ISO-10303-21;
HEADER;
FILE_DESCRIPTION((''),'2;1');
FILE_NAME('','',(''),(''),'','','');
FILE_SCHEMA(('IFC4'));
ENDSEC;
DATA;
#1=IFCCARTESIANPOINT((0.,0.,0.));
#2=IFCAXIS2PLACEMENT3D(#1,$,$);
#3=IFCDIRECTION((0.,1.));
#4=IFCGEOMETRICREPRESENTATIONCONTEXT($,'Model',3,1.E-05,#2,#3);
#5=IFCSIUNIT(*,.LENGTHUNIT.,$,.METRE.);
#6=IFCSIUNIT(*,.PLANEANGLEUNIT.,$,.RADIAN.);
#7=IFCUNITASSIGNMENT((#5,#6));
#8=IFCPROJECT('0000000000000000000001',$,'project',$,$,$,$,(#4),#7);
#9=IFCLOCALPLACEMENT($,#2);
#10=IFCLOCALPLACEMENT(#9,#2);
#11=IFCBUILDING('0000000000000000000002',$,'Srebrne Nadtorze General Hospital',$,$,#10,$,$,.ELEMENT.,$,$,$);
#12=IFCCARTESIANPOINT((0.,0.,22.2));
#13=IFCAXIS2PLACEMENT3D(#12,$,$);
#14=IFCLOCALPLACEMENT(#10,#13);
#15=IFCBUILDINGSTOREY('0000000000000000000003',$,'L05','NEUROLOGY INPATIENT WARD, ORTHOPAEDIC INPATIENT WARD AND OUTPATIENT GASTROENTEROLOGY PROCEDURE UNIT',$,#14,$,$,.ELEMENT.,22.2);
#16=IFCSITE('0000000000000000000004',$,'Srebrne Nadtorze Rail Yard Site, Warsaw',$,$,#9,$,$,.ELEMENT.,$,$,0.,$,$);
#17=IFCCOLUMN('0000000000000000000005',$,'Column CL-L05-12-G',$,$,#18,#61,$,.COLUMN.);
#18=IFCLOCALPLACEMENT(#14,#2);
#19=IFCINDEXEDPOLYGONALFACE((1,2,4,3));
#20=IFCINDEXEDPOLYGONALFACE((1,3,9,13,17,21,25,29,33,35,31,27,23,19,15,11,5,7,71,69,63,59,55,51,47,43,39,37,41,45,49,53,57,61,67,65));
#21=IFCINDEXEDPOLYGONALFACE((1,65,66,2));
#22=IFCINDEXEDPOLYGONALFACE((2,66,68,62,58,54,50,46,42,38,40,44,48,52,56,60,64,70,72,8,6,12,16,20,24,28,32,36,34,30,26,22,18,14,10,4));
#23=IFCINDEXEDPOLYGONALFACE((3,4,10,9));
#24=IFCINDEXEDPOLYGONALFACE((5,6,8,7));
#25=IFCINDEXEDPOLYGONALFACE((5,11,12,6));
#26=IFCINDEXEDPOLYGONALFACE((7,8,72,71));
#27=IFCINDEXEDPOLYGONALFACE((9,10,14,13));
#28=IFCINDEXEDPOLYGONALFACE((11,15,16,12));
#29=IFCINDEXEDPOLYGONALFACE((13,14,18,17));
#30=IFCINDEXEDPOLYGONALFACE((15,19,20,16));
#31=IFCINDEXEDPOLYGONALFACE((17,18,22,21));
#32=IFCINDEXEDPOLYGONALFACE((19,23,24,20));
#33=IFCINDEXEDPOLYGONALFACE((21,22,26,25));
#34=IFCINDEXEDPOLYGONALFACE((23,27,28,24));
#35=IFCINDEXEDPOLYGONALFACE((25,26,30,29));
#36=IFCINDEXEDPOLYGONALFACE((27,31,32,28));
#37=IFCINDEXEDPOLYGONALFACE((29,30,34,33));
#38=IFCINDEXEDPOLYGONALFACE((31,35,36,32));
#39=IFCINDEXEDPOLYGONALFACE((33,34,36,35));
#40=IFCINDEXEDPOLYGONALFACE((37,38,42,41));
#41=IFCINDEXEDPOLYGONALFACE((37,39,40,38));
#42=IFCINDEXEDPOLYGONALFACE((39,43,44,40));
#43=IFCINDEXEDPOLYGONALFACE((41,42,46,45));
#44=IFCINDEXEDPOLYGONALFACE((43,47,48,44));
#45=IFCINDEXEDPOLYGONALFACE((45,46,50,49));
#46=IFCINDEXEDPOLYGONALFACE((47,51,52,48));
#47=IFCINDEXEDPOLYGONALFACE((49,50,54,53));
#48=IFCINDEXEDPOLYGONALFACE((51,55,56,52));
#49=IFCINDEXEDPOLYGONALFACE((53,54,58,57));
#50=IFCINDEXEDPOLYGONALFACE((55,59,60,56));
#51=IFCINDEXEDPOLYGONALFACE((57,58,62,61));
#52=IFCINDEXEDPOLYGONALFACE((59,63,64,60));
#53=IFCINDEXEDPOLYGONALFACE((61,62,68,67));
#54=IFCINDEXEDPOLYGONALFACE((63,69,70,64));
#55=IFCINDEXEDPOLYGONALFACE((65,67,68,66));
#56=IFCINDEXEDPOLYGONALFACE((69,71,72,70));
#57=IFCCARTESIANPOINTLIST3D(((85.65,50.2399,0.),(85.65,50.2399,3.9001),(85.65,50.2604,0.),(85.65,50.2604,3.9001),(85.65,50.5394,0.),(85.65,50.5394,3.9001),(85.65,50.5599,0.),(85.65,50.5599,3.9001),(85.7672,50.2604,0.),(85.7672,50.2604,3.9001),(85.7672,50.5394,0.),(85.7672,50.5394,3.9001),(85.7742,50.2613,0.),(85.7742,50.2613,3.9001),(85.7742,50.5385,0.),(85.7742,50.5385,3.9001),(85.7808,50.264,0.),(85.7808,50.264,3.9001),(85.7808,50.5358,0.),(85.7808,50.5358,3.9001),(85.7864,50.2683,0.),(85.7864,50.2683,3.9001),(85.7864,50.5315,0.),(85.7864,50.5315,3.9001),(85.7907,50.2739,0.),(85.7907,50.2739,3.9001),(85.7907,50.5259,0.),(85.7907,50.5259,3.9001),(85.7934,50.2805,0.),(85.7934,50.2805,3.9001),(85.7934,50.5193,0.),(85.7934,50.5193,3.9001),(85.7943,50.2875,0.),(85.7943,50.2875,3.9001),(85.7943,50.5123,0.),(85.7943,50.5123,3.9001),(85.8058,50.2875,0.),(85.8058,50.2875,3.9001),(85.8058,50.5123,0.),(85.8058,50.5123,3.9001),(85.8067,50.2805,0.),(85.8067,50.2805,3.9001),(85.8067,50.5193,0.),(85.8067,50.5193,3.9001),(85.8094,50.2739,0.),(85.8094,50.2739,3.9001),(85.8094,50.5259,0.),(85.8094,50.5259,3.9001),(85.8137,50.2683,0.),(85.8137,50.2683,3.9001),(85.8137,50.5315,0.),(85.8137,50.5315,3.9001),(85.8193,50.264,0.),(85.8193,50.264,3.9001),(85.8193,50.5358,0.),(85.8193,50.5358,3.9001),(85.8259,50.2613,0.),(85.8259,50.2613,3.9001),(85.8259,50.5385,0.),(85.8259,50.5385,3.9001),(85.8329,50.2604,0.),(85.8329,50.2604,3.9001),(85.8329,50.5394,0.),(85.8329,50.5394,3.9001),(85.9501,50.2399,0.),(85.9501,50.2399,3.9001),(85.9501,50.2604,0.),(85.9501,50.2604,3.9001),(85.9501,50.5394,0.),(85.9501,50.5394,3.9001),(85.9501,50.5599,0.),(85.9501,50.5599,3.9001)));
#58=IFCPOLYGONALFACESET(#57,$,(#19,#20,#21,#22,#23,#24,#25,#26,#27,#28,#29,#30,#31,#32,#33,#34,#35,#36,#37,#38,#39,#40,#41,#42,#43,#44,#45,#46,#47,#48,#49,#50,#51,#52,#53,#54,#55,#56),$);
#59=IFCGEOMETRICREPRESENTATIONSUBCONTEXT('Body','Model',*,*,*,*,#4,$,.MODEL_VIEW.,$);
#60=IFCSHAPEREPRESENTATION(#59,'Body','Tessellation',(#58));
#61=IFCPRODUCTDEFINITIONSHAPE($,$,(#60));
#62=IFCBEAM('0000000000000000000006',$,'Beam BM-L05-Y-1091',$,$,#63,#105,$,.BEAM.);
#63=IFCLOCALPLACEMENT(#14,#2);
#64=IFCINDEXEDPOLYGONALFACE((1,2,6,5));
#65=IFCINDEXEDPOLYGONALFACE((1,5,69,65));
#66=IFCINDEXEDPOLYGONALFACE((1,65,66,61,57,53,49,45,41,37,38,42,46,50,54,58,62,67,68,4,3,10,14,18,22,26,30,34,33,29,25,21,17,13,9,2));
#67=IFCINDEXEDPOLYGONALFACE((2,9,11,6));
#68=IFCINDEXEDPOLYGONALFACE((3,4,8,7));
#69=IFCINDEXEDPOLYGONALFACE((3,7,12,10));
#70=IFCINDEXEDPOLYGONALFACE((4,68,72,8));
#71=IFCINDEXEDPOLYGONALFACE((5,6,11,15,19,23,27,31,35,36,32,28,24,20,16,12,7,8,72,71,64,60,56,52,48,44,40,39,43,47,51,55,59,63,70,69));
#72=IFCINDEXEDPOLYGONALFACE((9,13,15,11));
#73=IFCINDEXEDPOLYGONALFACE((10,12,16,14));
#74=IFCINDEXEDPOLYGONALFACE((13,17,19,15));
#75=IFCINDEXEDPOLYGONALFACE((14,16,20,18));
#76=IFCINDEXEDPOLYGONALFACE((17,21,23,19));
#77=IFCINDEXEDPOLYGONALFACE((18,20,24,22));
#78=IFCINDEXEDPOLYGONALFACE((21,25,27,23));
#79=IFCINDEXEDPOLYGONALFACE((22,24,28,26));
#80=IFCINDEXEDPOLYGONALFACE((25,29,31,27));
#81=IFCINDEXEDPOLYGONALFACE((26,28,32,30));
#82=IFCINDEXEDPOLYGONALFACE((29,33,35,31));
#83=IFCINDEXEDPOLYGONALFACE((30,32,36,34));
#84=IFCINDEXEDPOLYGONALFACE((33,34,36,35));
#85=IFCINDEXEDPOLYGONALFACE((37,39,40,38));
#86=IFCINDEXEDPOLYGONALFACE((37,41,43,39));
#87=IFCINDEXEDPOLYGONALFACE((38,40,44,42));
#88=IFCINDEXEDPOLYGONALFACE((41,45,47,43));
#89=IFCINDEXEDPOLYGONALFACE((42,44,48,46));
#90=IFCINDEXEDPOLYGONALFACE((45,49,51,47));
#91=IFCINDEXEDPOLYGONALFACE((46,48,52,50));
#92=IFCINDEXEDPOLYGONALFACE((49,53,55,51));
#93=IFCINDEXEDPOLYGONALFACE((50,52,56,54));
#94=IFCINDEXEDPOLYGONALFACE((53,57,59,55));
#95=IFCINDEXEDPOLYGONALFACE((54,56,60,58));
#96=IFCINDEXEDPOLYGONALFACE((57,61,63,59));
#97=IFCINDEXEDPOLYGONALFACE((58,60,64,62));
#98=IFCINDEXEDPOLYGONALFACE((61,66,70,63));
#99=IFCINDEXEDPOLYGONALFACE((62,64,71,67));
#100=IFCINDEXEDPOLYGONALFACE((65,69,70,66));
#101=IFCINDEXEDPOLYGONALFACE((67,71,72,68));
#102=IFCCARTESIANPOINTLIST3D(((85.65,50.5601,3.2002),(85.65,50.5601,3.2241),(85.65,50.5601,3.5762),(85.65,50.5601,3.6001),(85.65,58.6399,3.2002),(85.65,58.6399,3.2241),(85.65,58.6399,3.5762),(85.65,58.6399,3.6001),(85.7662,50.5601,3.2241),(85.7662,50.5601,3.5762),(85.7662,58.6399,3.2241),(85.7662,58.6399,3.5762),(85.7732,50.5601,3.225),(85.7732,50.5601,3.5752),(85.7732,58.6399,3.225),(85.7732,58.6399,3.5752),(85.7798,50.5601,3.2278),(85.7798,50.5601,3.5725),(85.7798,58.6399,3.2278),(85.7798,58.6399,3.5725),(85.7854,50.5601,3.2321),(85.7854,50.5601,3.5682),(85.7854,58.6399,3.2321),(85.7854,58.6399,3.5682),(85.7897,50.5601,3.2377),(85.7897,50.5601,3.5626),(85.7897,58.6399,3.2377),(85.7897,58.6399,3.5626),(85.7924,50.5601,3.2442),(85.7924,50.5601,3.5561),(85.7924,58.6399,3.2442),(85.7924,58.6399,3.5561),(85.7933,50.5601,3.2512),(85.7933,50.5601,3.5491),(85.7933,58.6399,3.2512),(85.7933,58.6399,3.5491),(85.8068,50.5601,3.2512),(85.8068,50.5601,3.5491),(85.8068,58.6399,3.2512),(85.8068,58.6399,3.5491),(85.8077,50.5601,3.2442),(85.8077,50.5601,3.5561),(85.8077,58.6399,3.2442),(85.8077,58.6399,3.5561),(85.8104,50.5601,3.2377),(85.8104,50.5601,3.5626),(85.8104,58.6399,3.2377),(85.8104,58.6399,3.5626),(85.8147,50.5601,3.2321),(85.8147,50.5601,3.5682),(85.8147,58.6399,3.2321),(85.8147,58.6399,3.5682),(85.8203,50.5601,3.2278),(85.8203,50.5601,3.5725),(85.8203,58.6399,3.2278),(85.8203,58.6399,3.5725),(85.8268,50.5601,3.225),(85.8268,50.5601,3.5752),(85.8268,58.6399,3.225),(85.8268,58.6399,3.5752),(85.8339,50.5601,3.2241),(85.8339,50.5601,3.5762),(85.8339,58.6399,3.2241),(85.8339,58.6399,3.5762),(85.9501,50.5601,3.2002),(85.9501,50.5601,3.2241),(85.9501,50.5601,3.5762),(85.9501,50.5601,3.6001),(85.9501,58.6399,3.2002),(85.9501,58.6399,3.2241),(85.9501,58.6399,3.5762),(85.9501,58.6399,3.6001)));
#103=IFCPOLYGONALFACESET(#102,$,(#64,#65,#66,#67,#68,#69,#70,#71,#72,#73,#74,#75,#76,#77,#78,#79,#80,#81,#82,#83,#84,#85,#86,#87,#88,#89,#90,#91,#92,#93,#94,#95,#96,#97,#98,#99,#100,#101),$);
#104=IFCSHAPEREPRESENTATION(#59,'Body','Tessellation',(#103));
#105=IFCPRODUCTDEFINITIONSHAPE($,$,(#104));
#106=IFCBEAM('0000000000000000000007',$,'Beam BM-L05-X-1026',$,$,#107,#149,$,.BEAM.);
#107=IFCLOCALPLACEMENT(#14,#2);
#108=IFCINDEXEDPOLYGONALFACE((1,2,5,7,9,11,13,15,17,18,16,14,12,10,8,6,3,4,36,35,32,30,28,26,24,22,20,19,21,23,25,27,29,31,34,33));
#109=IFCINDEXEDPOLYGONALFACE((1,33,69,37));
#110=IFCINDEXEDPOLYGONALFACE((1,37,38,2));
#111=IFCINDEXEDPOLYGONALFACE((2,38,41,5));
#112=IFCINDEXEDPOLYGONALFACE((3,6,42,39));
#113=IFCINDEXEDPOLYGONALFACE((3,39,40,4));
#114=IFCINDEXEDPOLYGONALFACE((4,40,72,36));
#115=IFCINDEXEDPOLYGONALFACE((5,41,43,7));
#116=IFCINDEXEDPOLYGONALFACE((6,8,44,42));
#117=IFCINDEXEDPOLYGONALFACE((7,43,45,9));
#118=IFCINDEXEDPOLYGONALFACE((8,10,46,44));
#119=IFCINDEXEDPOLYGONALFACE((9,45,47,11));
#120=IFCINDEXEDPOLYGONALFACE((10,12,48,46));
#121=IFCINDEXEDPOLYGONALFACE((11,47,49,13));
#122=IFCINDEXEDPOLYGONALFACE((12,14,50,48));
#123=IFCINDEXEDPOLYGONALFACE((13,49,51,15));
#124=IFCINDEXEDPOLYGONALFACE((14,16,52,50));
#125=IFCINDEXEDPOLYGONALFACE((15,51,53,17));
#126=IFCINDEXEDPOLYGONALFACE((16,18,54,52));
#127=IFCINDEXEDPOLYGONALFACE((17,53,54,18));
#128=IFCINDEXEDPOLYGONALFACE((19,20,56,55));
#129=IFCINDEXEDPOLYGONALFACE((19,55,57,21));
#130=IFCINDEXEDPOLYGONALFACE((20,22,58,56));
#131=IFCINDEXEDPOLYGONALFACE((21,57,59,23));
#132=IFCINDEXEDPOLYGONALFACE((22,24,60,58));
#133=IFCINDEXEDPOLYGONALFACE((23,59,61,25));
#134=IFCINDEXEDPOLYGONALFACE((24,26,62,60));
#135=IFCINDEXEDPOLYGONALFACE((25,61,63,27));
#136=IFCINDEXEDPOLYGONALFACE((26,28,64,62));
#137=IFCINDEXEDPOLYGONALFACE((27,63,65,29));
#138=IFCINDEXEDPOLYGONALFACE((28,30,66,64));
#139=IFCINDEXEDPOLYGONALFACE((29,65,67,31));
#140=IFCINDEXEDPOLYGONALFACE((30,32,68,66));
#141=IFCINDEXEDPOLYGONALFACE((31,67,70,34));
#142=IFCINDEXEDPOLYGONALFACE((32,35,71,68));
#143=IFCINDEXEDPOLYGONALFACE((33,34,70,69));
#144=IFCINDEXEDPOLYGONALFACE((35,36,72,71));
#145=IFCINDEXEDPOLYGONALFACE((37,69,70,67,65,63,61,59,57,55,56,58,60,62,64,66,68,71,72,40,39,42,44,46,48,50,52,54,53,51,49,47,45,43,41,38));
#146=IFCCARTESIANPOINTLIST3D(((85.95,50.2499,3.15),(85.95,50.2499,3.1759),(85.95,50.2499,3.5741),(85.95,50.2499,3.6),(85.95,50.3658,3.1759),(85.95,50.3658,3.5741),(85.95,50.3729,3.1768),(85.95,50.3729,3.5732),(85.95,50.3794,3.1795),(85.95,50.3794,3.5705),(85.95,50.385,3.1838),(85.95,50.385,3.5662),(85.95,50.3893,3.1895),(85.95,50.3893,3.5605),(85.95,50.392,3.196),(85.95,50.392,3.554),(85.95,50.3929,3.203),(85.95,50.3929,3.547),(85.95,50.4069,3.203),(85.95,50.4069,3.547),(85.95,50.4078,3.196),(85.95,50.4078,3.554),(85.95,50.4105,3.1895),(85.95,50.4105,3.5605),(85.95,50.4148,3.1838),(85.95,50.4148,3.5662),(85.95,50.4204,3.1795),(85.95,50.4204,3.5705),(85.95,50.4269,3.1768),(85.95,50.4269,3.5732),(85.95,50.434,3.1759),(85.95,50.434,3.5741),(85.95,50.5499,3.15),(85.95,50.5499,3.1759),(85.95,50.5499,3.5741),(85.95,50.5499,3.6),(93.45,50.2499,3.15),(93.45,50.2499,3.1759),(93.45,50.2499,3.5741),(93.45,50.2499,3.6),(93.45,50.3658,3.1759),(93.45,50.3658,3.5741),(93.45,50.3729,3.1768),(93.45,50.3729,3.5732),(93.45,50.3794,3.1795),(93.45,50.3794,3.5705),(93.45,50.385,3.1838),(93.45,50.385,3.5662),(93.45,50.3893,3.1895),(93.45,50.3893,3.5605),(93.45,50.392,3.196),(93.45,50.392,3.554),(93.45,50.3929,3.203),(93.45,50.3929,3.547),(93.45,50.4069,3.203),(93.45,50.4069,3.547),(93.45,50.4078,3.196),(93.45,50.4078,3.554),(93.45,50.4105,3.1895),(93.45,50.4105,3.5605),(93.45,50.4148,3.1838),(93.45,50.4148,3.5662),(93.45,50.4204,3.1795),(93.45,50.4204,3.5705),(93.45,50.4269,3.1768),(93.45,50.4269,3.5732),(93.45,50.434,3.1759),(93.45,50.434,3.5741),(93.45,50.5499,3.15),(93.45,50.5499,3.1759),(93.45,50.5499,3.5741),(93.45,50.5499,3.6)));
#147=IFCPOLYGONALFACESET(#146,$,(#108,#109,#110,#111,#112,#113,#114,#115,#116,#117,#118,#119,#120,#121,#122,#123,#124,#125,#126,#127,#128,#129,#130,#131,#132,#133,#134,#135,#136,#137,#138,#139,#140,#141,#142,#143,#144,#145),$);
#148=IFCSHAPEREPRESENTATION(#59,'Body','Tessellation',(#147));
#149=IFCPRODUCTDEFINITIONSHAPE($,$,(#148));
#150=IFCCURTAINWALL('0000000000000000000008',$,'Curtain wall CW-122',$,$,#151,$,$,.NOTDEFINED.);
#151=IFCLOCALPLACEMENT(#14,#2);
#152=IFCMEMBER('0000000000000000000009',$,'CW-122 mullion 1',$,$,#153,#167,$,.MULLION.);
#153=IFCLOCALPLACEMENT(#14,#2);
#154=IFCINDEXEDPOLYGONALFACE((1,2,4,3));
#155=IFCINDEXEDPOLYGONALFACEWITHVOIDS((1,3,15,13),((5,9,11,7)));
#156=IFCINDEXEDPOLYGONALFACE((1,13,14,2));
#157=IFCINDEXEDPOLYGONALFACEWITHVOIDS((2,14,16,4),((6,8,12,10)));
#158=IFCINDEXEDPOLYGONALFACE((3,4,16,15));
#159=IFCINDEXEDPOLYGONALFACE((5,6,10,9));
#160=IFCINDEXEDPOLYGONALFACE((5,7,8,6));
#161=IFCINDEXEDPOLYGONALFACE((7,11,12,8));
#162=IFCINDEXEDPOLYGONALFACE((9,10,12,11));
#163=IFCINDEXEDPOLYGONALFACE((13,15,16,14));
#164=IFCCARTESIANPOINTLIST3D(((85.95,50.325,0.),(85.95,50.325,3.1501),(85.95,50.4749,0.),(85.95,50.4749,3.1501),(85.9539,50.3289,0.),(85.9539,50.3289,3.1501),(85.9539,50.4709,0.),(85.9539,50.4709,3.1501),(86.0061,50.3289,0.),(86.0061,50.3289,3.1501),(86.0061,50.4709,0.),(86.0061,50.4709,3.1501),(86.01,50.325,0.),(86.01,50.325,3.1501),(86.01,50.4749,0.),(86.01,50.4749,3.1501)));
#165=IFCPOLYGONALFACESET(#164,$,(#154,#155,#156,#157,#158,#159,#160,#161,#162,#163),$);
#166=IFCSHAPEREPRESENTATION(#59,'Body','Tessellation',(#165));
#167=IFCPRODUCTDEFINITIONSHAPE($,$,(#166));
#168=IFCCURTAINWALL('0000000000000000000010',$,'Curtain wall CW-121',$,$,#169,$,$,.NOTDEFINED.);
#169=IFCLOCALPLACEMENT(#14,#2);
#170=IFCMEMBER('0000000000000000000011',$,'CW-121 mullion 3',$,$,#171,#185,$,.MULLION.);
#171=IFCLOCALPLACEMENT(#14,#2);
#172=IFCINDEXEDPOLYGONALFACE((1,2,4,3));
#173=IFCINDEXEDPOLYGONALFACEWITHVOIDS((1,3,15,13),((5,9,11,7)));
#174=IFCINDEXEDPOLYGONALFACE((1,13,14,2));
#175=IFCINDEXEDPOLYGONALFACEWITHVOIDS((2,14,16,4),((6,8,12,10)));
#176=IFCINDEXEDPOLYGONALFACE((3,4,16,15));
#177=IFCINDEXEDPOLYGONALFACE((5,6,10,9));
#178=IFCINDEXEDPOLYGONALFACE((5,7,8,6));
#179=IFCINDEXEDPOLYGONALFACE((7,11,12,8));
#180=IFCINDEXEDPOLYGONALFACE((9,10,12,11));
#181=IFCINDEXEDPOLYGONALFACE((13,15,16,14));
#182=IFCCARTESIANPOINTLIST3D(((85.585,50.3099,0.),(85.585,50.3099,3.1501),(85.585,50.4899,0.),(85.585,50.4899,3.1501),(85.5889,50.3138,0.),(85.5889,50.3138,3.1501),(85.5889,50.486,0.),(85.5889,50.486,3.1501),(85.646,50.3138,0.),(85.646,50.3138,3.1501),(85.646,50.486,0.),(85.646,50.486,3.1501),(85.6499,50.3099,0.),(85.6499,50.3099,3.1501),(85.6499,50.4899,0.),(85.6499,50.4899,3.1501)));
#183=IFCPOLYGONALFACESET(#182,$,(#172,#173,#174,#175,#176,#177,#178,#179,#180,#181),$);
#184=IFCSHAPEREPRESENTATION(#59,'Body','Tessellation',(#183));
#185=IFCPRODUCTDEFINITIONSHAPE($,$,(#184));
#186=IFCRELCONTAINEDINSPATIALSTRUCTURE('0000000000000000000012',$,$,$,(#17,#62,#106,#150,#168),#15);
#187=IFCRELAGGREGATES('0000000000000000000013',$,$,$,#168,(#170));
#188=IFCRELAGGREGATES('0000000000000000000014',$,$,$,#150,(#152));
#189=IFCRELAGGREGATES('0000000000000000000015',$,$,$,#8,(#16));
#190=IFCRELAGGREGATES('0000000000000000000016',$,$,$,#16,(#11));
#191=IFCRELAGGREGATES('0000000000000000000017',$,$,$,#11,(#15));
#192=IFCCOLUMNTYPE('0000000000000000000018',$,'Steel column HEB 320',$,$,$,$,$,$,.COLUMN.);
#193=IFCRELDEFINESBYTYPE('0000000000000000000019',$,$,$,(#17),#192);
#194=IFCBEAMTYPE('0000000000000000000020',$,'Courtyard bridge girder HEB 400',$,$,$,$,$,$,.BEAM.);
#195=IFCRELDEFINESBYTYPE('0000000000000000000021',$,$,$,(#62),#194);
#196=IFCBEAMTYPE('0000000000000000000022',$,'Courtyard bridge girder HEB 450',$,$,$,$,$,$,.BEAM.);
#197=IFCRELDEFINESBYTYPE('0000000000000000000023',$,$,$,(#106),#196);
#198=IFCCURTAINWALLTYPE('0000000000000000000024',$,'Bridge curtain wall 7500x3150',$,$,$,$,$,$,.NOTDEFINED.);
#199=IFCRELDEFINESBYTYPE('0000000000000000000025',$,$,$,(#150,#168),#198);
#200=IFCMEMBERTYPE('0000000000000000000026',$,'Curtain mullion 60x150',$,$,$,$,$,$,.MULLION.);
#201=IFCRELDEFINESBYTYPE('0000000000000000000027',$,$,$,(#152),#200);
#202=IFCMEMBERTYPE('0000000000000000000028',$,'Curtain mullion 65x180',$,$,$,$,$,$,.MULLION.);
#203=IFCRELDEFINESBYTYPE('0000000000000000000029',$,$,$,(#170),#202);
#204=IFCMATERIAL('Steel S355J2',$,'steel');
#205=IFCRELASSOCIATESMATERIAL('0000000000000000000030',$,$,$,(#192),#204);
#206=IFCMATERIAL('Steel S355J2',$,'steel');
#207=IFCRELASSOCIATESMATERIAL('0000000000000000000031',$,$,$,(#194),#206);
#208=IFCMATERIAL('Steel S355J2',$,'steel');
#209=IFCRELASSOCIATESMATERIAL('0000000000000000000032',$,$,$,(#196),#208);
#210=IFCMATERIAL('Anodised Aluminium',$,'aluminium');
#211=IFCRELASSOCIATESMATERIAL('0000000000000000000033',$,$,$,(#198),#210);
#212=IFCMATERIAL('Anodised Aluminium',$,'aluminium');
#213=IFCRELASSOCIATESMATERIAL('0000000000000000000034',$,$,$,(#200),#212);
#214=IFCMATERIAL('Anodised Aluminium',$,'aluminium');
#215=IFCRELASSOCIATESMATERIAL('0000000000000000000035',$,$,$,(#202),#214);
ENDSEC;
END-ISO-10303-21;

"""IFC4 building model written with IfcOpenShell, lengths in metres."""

from ifc_helpers import new_model, si_unit, direction, frame, origin, origin_2d, place, context, subcontext, project, spatial, hollow_rectangle, i_section, extrude, material, material_profile, profile_set, type_object, element, aggregate, save


model = new_model("IFC4")

# Units and contexts
model_context = context("Model", 3, precision=1e-05, world=origin(), true_north=direction((0.0, 1.0)))
body_context = subcontext(model_context, "Body", "Model", "MODEL_VIEW")
ifc_project = project(units=[si_unit("LENGTHUNIT", "METRE"), si_unit("PLANEANGLEUNIT", "RADIAN")], contexts=[model_context])

# Site, building, storey
site_placement = place(None, origin())
site = spatial("IfcSite", under=ifc_project, at=site_placement, Name="Srebrne Nadtorze Rail Yard Site, Warsaw", CompositionType="ELEMENT", RefElevation=0.0)
building_placement = place(site_placement, origin())
building = spatial("IfcBuilding", under=site, at=building_placement, Name="Srebrne Nadtorze General Hospital", CompositionType="ELEMENT")
storey_placement = place(building_placement, frame((0.0, 0.0, 22.2)))
storey = spatial("IfcBuildingStorey", under=building, at=storey_placement, Name="L05", Description="NEUROLOGY INPATIENT WARD, ORTHOPAEDIC INPATIENT WARD AND OUTPATIENT GASTROENTEROLOGY PROCEDURE UNIT", CompositionType="ELEMENT", Elevation=22.2)

# Column
ifc_material_1 = material(Name="Steel S355J2", Category="steel")
ifc_material_profile_1 = material_profile(ifc_material_1, i_section(OverallWidth=0.3, OverallDepth=0.3201, WebThickness=0.0115, FlangeThickness=0.0205, FilletRadius=0.0271, at=origin_2d()), Name="HEB-320")
ifc_profile_set_1 = profile_set([ifc_material_profile_1], Name="Steel S355J2")
column_type = type_object("IfcColumnType", Name="Steel column HEB 320", PredefinedType="COLUMN", material=ifc_profile_set_1)
column_placement = place(storey_placement, frame((85.8, 50.3999, 0.0), z_axis=(0.0, 0.0, 1.0), x_axis=(1.0, 0.0, 0.0)))
element("IfcColumn", 1, at=column_placement, inside=storey, type_object=column_type, Name="Column CL-L05-12-G", PredefinedType="COLUMN", context=body_context, shape_type="SweptSolid", body=[
    extrude(i_section(OverallWidth=0.3, OverallDepth=0.3201, WebThickness=0.0115, FlangeThickness=0.0205, FilletRadius=0.0271, at=origin_2d()), origin(), (0.0, 0.0, 1.0), 3.9001),
])

# Beams
ifc_material_2 = material(Name="Steel S355J2", Category="steel")
ifc_material_profile_2 = material_profile(ifc_material_2, i_section(OverallWidth=0.3, OverallDepth=0.3999, WebThickness=0.0134, FlangeThickness=0.0239, FilletRadius=0.0271, at=origin_2d()), Name="HEB-400")
ifc_profile_set_2 = profile_set([ifc_material_profile_2], Name="Steel S355J2")
beam_type_1 = type_object("IfcBeamType", Name="Courtyard bridge girder HEB 400", PredefinedType="BEAM", material=ifc_profile_set_2)
beam_1_placement = place(storey_placement, frame((85.8, 50.5601, 3.4001), z_axis=(0.0, 1.0, 0.0), x_axis=(-1.0, 0.0, 0.0)))
element("IfcBeam", 2, at=beam_1_placement, inside=storey, type_object=beam_type_1, Name="Beam BM-L05-Y-1091", PredefinedType="BEAM", context=body_context, shape_type="SweptSolid", body=[
    extrude(i_section(OverallWidth=0.3, OverallDepth=0.3999, WebThickness=0.0134, FlangeThickness=0.0239, FilletRadius=0.0271, at=origin_2d()), origin(), (0.0, 0.0, 1.0), 8.0798),
])
ifc_material_3 = material(Name="Steel S355J2", Category="steel")
ifc_material_profile_3 = material_profile(ifc_material_3, i_section(OverallWidth=0.3, OverallDepth=0.45, WebThickness=0.0139, FlangeThickness=0.0259, FilletRadius=0.0271, at=origin_2d()), Name="HEB-450")
ifc_profile_set_3 = profile_set([ifc_material_profile_3], Name="Steel S355J2")
beam_type_2 = type_object("IfcBeamType", Name="Courtyard bridge girder HEB 450", PredefinedType="BEAM", material=ifc_profile_set_3)
beam_2_placement = place(storey_placement, frame((85.95, 50.3999, 3.375), z_axis=(1.0, 0.0, 0.0), x_axis=(0.0, 1.0, 0.0)))
element("IfcBeam", 3, at=beam_2_placement, inside=storey, type_object=beam_type_2, Name="Beam BM-L05-X-1026", PredefinedType="BEAM", context=body_context, shape_type="SweptSolid", body=[
    extrude(i_section(OverallWidth=0.3, OverallDepth=0.45, WebThickness=0.0139, FlangeThickness=0.0259, FilletRadius=0.0271, at=origin_2d()), origin(), (0.0, 0.0, 1.0), 7.5),
])

# Curtain walls, members
ifc_material_4 = material(Name="Anodised Aluminium", Category="aluminium")
curtain_wall_type = type_object("IfcCurtainWallType", Name="Bridge curtain wall 7500x3150", PredefinedType="NOTDEFINED", material=ifc_material_4)
curtain_wall_1_placement = place(storey_placement, origin())
curtain_wall_1 = element("IfcCurtainWall", 4, at=curtain_wall_1_placement, inside=storey, type_object=curtain_wall_type, Name="Curtain wall CW-122", PredefinedType="NOTDEFINED")
ifc_material_5 = material(Name="Anodised Aluminium", Category="aluminium")
ifc_material_profile_4 = material_profile(ifc_material_5, hollow_rectangle(XDim=0.0601, YDim=0.1499, WallThickness=0.0039, at=origin_2d()), Name="AL-MUL-60x150")
ifc_profile_set_4 = profile_set([ifc_material_profile_4], Name="Anodised Aluminium")
member_type_1 = type_object("IfcMemberType", Name="Curtain mullion 60x150", PredefinedType="MULLION", material=ifc_profile_set_4)
member_1_placement = place(storey_placement, frame((85.98, 50.3999, 0.0), z_axis=(0.0, 0.0, 1.0), x_axis=(1.0, 0.0, 0.0)))
member_1 = element("IfcMember", 5, at=member_1_placement, type_object=member_type_1, Name="CW-122 mullion 1", PredefinedType="MULLION", context=body_context, shape_type="SweptSolid", body=[
    extrude(hollow_rectangle(XDim=0.0601, YDim=0.1499, WallThickness=0.0039, at=origin_2d()), origin(), (0.0, 0.0, 1.0), 3.1501),
])
curtain_wall_2_placement = place(storey_placement, origin())
curtain_wall_2 = element("IfcCurtainWall", 6, at=curtain_wall_2_placement, inside=storey, type_object=curtain_wall_type, Name="Curtain wall CW-121", PredefinedType="NOTDEFINED")
ifc_material_6 = material(Name="Anodised Aluminium", Category="aluminium")
ifc_material_profile_5 = material_profile(ifc_material_6, hollow_rectangle(XDim=0.0649, YDim=0.1799, WallThickness=0.0039, at=origin_2d()), Name="AL-MUL-65x180")
ifc_profile_set_5 = profile_set([ifc_material_profile_5], Name="Anodised Aluminium")
member_type_2 = type_object("IfcMemberType", Name="Curtain mullion 65x180", PredefinedType="MULLION", material=ifc_profile_set_5)
member_2_placement = place(storey_placement, frame((85.6174, 50.3999, 0.0), z_axis=(0.0, 0.0, 1.0), x_axis=(1.0, 0.0, 0.0)))
member_2 = element("IfcMember", 7, at=member_2_placement, type_object=member_type_2, Name="CW-121 mullion 3", PredefinedType="MULLION", context=body_context, shape_type="SweptSolid", body=[
    extrude(hollow_rectangle(XDim=0.0649, YDim=0.1799, WallThickness=0.0039, at=origin_2d()), origin(), (0.0, 0.0, 1.0), 3.1501),
])

aggregate(curtain_wall_2, [member_2])
aggregate(curtain_wall_1, [member_1])

save(model, "model.ifc")
